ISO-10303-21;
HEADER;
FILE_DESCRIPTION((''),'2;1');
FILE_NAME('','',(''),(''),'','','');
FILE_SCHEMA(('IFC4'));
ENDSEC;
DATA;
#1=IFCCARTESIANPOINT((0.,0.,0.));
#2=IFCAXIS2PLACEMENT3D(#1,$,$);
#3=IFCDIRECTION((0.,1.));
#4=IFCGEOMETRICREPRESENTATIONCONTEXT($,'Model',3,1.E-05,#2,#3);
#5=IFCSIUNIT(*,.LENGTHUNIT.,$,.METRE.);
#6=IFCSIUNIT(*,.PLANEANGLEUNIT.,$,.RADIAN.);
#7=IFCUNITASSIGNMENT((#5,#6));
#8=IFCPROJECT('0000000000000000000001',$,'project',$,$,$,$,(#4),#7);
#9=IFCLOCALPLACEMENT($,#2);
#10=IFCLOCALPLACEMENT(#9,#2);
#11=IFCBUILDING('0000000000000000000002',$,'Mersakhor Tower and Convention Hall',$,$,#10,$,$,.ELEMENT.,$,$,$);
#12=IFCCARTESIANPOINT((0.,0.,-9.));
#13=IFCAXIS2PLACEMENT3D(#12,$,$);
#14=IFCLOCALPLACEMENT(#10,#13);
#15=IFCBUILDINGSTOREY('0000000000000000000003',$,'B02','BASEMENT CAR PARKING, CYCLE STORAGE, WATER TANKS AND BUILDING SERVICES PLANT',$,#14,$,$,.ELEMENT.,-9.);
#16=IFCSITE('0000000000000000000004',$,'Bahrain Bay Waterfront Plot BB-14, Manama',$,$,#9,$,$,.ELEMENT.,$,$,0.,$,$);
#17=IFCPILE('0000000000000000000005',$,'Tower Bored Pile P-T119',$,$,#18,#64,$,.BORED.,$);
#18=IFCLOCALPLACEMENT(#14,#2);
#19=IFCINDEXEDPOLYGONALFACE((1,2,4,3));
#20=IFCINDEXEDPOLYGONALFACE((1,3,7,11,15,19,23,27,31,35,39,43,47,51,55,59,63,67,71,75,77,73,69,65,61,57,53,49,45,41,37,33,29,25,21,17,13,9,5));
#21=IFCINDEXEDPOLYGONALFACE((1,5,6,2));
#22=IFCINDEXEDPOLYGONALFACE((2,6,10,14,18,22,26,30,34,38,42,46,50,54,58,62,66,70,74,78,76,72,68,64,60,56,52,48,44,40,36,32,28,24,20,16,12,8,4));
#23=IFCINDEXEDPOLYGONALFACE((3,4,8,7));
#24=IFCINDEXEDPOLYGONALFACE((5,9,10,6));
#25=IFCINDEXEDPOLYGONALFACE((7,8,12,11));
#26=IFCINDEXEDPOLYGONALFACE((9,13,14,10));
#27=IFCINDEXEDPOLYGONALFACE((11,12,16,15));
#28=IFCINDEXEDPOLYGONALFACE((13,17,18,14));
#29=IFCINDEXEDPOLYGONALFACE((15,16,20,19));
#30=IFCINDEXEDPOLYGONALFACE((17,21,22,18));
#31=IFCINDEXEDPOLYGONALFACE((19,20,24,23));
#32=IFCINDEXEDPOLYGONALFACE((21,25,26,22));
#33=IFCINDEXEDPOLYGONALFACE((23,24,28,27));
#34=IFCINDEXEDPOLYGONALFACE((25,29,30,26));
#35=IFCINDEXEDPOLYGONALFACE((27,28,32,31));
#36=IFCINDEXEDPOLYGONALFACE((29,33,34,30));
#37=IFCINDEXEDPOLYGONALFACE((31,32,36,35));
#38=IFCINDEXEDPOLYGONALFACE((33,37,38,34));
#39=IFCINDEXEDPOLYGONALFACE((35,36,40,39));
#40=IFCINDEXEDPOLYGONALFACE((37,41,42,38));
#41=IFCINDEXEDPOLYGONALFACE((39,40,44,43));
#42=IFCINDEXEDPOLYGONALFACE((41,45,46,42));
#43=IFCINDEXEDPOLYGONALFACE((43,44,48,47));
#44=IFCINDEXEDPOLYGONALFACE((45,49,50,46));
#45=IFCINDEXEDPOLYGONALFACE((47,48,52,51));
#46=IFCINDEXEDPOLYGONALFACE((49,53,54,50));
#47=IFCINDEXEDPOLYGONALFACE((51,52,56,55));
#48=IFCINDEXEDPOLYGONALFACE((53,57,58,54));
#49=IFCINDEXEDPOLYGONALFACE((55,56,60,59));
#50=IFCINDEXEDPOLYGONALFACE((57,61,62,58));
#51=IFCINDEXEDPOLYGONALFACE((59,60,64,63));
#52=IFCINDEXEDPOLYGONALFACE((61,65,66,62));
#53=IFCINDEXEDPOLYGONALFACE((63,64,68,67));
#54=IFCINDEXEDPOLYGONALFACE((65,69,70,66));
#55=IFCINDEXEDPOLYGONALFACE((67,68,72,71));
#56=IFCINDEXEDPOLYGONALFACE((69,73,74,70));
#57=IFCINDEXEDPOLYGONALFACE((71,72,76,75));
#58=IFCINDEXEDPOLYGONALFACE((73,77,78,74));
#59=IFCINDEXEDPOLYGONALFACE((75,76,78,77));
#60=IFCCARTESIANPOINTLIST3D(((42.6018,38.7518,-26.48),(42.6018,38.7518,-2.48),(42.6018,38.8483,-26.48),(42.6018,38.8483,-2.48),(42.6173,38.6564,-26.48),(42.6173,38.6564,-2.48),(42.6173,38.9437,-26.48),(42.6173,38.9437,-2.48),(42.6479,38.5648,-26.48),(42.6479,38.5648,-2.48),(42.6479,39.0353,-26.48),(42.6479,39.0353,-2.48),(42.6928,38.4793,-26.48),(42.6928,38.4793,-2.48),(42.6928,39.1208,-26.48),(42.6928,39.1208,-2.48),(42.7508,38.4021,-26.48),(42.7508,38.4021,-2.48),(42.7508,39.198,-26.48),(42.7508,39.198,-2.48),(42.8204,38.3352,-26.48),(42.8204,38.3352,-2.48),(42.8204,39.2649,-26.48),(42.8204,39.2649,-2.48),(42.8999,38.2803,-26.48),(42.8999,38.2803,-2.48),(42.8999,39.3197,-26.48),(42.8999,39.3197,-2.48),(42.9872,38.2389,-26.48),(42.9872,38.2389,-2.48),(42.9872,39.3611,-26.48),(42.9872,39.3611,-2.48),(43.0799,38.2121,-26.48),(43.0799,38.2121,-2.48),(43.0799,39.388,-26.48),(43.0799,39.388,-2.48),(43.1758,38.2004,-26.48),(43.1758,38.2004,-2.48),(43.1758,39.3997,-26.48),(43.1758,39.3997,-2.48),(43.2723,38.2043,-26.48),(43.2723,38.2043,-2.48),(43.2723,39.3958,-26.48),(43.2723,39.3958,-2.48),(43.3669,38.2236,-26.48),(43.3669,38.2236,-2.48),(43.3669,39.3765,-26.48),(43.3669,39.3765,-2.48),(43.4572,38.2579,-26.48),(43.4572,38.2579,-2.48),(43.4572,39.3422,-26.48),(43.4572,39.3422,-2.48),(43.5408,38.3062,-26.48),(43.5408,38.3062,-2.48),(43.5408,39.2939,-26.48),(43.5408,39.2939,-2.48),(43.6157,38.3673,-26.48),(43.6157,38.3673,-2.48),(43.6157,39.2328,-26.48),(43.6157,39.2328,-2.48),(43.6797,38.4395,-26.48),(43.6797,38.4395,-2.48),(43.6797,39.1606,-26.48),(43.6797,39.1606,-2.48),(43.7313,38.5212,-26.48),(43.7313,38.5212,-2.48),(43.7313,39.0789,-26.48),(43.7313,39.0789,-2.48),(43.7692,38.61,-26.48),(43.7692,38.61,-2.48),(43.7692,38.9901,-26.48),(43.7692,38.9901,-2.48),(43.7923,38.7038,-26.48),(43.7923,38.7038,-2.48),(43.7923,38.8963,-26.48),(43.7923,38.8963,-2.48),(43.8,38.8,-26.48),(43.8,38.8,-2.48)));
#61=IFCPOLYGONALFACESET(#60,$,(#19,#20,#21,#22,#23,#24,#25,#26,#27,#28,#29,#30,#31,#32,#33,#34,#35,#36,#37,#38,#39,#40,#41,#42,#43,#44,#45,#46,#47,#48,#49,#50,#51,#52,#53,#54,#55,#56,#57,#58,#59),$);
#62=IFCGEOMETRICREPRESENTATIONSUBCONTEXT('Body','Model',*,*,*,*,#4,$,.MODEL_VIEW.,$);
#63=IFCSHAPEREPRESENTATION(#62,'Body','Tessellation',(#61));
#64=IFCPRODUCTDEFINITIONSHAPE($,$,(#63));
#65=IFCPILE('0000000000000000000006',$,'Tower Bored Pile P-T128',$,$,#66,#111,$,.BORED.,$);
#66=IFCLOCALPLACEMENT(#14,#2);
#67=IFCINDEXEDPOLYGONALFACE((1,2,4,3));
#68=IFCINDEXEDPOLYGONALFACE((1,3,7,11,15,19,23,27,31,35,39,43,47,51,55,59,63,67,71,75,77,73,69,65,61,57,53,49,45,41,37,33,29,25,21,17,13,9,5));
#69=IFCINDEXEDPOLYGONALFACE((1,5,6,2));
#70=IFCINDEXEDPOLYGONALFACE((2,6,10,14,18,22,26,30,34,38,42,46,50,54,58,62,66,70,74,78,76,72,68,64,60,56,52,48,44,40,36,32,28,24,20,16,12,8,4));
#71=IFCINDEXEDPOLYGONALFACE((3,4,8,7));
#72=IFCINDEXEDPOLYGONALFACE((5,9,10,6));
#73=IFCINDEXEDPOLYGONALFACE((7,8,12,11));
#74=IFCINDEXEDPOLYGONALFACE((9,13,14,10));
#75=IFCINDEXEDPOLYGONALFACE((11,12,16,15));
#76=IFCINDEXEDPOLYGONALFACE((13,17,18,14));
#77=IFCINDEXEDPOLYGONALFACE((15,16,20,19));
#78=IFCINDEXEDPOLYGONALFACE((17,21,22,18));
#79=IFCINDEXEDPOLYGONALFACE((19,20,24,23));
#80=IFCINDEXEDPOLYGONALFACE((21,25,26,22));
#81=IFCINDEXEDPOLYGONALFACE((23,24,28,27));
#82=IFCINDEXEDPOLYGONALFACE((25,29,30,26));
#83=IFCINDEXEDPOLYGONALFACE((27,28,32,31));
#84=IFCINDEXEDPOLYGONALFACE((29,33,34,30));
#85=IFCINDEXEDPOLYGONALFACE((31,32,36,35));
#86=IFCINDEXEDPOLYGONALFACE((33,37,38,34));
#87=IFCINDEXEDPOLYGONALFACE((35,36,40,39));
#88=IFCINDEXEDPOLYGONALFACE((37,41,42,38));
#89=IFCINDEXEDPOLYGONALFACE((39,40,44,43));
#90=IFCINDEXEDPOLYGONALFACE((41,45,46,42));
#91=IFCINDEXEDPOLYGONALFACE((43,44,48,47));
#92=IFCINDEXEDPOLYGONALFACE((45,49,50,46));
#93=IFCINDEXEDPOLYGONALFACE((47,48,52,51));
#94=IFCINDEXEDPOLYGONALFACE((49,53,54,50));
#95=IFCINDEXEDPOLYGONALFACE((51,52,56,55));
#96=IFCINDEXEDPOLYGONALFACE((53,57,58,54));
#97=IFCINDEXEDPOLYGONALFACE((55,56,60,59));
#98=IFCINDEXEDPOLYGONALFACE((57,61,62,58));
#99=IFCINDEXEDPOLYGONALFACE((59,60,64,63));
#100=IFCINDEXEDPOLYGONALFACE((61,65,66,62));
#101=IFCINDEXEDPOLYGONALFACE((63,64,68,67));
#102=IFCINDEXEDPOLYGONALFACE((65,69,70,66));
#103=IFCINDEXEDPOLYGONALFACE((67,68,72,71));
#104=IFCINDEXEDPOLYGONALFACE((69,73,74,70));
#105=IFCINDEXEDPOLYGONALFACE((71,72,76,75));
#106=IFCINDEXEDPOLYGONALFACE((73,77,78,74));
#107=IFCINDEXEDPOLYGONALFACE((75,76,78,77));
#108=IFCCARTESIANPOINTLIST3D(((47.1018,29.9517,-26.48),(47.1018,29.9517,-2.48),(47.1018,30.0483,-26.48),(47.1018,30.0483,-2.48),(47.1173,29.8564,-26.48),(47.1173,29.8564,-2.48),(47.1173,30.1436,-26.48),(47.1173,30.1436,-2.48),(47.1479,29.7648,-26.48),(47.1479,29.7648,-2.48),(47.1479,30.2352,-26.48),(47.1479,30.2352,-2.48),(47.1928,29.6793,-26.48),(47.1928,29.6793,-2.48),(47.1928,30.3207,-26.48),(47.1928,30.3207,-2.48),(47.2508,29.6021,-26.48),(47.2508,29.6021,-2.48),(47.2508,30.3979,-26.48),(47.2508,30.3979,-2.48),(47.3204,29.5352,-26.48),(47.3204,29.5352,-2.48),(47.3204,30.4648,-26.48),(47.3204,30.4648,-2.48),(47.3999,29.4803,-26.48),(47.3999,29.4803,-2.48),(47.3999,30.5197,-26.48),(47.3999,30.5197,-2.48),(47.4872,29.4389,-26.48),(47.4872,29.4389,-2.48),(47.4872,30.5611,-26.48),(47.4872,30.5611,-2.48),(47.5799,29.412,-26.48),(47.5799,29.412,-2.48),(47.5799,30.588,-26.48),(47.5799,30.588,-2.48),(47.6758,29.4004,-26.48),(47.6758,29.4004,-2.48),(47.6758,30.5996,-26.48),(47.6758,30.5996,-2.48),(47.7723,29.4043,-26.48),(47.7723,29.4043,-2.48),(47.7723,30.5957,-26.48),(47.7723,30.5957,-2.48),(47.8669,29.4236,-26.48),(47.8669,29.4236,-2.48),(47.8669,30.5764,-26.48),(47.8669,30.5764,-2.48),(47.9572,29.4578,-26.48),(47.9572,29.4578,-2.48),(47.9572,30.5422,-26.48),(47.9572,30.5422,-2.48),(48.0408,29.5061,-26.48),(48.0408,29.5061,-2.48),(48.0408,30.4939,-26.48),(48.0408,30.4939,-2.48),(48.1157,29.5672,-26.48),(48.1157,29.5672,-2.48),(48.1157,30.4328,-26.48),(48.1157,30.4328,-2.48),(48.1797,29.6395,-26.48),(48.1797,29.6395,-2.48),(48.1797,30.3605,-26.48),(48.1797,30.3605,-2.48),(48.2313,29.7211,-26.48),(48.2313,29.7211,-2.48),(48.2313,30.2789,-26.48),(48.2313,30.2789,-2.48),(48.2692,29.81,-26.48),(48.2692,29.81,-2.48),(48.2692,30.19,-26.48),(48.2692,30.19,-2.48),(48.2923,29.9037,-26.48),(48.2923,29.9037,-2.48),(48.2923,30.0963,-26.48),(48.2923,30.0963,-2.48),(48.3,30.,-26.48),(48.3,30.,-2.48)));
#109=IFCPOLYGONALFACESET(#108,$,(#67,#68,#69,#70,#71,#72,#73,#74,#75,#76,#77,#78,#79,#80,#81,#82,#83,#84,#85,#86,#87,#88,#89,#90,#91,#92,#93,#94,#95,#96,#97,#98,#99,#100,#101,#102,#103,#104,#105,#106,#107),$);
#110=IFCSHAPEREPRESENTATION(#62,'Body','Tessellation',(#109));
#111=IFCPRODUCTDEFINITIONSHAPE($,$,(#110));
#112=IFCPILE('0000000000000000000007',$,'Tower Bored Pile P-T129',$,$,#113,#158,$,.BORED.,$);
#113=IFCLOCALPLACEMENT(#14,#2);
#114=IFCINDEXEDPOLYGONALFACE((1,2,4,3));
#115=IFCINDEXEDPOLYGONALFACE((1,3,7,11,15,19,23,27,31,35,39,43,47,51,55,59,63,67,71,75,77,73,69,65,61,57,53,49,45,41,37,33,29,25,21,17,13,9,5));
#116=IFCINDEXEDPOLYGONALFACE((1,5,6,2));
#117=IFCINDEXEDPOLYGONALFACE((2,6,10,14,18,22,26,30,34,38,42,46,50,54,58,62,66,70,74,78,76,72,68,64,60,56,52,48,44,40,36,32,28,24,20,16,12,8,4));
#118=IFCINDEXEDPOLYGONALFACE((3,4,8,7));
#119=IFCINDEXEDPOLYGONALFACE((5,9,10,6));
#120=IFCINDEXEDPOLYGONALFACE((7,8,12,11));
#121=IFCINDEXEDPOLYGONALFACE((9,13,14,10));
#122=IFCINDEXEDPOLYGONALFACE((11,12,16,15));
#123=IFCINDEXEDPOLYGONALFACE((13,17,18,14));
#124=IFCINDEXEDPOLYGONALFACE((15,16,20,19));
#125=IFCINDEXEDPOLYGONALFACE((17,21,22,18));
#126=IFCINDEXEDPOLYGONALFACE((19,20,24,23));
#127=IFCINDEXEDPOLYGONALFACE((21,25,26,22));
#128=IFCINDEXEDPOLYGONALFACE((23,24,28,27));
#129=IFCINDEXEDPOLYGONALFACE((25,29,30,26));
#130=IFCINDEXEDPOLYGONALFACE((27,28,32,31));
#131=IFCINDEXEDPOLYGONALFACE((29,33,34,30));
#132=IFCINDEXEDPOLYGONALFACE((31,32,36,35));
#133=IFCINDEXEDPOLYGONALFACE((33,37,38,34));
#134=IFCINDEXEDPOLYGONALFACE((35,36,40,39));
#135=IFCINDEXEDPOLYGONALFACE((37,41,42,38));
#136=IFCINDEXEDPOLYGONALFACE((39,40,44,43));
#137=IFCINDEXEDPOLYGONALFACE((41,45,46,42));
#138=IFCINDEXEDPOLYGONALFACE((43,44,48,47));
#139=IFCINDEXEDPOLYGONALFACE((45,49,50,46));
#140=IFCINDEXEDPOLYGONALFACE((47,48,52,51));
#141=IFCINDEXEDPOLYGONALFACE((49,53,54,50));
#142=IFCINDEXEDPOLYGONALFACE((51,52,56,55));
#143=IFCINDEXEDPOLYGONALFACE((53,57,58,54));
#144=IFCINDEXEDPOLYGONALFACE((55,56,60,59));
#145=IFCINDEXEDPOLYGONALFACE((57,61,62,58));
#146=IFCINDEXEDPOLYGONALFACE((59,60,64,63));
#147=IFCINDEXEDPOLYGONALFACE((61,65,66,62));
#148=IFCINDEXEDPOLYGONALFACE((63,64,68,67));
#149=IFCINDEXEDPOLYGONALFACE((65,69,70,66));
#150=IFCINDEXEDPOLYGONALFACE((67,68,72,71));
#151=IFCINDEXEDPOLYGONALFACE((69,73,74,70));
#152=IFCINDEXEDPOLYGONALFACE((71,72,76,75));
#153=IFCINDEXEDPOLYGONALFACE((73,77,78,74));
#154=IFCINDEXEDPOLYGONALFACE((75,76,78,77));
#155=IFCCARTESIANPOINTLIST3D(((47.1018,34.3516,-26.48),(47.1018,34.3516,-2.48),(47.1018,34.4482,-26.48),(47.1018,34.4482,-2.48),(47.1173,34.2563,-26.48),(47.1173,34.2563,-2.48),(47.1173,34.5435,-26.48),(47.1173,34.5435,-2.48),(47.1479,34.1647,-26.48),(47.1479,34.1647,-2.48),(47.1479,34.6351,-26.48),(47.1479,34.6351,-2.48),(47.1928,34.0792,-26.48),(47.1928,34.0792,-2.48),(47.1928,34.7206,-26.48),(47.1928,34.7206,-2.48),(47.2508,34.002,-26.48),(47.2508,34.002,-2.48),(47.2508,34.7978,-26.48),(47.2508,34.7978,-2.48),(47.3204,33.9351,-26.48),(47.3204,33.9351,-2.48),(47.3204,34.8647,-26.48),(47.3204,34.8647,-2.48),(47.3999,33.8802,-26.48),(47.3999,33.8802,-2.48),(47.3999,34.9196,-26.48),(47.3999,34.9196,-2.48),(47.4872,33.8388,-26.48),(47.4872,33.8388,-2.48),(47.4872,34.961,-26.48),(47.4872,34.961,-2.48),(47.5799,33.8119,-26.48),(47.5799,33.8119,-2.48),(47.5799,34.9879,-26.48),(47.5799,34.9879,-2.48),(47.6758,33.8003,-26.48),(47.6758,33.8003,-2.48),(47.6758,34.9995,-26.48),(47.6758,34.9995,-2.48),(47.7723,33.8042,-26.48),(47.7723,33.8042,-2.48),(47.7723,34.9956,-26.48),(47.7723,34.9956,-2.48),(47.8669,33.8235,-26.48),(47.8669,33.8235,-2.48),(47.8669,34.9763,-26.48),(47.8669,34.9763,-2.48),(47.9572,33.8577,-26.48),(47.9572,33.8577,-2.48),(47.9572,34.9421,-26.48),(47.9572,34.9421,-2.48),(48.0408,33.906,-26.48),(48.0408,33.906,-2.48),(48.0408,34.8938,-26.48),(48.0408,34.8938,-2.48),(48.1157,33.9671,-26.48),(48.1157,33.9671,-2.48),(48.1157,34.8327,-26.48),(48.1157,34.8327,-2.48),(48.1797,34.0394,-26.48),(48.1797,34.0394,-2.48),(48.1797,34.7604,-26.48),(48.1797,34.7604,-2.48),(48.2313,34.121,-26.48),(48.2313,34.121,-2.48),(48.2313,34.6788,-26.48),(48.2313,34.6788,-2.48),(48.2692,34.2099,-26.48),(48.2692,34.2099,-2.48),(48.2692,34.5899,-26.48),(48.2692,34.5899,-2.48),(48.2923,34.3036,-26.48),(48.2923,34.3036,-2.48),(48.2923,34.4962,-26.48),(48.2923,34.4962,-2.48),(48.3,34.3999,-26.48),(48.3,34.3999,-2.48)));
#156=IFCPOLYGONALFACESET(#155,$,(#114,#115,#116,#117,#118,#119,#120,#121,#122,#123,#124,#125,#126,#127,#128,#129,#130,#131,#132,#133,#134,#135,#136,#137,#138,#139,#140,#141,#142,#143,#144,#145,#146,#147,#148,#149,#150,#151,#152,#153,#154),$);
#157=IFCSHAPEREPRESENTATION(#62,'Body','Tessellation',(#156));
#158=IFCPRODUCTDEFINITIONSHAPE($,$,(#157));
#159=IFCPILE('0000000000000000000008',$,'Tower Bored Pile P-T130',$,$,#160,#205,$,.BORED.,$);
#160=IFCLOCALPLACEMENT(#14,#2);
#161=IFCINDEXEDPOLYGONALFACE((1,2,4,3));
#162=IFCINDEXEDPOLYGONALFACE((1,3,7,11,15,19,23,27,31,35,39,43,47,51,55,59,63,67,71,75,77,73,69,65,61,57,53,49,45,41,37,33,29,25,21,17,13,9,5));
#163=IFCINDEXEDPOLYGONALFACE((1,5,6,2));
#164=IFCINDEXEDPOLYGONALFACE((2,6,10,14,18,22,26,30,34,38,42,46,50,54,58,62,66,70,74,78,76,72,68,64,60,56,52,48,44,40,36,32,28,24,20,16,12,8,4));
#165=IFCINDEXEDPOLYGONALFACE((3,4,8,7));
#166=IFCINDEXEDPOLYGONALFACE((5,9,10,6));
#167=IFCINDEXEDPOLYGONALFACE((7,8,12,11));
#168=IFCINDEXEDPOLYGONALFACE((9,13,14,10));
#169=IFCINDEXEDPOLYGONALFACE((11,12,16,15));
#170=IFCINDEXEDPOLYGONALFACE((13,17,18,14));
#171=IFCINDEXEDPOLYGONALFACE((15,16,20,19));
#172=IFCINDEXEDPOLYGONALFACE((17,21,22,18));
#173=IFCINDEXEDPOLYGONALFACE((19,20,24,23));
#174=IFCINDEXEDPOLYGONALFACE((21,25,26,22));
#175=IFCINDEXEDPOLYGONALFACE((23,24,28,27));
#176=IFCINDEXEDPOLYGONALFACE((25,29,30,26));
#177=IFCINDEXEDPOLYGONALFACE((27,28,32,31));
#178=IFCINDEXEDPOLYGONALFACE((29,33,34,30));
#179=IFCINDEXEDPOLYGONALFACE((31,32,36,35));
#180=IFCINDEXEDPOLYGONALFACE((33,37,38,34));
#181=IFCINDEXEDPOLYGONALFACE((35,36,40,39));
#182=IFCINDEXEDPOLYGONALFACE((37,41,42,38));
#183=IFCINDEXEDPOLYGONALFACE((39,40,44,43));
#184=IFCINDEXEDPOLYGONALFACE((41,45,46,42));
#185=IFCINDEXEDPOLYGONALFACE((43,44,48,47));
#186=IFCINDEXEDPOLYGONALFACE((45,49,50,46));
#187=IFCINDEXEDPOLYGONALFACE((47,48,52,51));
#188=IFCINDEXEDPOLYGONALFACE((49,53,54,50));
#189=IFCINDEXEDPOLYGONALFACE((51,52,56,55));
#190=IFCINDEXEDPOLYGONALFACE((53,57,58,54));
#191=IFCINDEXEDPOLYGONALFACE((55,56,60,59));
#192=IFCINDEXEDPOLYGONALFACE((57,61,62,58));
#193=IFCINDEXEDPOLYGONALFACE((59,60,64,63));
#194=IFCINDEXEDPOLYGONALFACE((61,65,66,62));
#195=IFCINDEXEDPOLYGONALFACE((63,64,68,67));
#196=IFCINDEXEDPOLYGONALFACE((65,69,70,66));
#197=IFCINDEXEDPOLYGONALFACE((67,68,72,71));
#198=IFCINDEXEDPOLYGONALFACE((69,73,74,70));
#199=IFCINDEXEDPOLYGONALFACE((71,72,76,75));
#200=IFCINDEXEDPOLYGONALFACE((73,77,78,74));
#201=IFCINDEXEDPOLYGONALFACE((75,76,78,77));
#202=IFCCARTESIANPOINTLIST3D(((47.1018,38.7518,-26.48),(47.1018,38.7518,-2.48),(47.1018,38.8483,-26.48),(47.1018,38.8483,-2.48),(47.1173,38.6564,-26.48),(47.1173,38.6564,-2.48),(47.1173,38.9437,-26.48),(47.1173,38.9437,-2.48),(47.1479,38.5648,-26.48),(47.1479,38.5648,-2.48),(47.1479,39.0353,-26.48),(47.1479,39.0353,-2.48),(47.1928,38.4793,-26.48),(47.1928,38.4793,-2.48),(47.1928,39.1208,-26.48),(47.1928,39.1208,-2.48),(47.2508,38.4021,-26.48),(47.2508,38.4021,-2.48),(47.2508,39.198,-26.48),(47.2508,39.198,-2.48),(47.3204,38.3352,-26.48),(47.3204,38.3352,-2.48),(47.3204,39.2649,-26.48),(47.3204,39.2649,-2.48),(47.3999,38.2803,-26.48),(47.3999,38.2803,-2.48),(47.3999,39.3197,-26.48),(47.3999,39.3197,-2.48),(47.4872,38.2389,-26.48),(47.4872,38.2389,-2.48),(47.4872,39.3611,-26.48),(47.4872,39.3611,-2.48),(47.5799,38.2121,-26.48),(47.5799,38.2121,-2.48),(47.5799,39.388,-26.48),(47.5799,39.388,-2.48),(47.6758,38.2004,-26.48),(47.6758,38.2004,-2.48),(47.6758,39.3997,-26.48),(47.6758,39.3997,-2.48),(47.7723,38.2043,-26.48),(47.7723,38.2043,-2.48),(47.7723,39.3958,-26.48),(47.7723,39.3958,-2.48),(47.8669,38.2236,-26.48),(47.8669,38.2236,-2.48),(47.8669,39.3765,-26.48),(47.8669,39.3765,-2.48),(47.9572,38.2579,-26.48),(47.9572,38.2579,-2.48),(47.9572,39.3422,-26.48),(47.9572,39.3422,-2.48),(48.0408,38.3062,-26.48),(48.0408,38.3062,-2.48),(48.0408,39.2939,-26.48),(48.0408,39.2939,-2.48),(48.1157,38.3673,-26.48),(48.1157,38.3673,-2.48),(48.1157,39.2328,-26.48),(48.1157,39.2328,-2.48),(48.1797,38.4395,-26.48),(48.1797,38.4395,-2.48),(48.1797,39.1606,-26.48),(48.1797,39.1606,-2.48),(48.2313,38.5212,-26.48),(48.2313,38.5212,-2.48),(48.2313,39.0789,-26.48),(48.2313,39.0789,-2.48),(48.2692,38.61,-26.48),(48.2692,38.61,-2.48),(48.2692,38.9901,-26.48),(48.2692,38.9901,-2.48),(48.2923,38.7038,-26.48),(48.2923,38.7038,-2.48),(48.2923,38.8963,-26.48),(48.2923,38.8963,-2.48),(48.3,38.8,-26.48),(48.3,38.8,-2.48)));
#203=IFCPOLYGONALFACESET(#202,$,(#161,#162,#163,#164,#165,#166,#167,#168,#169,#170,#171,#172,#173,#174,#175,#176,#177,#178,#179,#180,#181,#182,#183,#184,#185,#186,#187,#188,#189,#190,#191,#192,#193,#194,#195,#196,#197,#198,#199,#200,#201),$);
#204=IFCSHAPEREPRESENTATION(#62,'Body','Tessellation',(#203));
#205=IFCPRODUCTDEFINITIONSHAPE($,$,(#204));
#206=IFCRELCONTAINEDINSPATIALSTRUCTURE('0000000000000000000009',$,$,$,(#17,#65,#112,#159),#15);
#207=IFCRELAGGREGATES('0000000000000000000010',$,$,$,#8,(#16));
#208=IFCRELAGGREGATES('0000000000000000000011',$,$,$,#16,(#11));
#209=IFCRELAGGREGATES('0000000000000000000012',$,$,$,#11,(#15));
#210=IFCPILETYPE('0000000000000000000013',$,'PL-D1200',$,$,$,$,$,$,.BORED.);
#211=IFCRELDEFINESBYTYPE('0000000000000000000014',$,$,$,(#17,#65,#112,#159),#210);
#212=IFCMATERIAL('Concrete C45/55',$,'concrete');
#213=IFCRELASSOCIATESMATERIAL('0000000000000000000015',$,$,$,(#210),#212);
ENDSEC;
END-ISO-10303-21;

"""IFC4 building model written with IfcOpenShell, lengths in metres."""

from ifc_helpers import new_model, si_unit, direction, frame, origin, origin_2d, place, context, subcontext, project, spatial, circle, extrude, material, material_profile, profile_set, type_object, element, save


model = new_model("IFC4")

# Units and contexts
model_context = context("Model", 3, precision=1e-05, world=origin(), true_north=direction((0.0, 1.0)))
body_context = subcontext(model_context, "Body", "Model", "MODEL_VIEW")
ifc_project = project(units=[si_unit("LENGTHUNIT", "METRE"), si_unit("PLANEANGLEUNIT", "RADIAN")], contexts=[model_context])

# Site, building, storey
site_placement = place(None, origin())
site = spatial("IfcSite", under=ifc_project, at=site_placement, Name="Bahrain Bay Waterfront Plot BB-14, Manama", CompositionType="ELEMENT", RefElevation=0.0)
building_placement = place(site_placement, origin())
building = spatial("IfcBuilding", under=site, at=building_placement, Name="Mersakhor Tower and Convention Hall", CompositionType="ELEMENT")
storey_placement = place(building_placement, frame((0.0, 0.0, -9.0)))
storey = spatial("IfcBuildingStorey", under=building, at=storey_placement, Name="B02", Description="BASEMENT CAR PARKING, CYCLE STORAGE, WATER TANKS AND BUILDING SERVICES PLANT", CompositionType="ELEMENT", Elevation=-9.0)

# Piles
ifc_material_1 = material(Name="Concrete C45/55", Category="concrete")
ifc_material_profile_1 = material_profile(ifc_material_1, circle(Radius=0.6001, at=origin_2d()), Name="PILE D1200")
ifc_profile_set_1 = profile_set([ifc_material_profile_1], Name="Concrete C45/55")
pile_type_1 = type_object("IfcPileType", Name="PL-D1200", PredefinedType="BORED", material=ifc_profile_set_1)
for number, where, z_axis, x_axis, name in (
    (1, (43.2, 38.8, -2.48), (0.0, 0.0, -1.0), (1.0, 0.0, 0.0), "Tower Bored Pile P-T119"),
    (2, (47.7, 30.0, -2.48), (0.0, 0.0, -1.0), (1.0, 0.0, 0.0), "Tower Bored Pile P-T128"),
    (3, (47.7, 34.3999, -2.48), (0.0, 0.0, -1.0), (1.0, 0.0, 0.0), "Tower Bored Pile P-T129"),
    (4, (47.7, 38.8, -2.48), (0.0, 0.0, -1.0), (1.0, 0.0, 0.0), "Tower Bored Pile P-T130"),
):
    element("IfcPile", number, at=place(storey_placement, frame(where, z_axis=z_axis, x_axis=x_axis)), inside=storey, type_object=pile_type_1, Name=name, PredefinedType="BORED", context=body_context, shape_type="SweptSolid", body=[
        extrude(circle(Radius=0.6001, at=origin_2d()), origin(), (0.0, 0.0, 1.0), 24.0),
    ])

save(model, "model.ifc")
